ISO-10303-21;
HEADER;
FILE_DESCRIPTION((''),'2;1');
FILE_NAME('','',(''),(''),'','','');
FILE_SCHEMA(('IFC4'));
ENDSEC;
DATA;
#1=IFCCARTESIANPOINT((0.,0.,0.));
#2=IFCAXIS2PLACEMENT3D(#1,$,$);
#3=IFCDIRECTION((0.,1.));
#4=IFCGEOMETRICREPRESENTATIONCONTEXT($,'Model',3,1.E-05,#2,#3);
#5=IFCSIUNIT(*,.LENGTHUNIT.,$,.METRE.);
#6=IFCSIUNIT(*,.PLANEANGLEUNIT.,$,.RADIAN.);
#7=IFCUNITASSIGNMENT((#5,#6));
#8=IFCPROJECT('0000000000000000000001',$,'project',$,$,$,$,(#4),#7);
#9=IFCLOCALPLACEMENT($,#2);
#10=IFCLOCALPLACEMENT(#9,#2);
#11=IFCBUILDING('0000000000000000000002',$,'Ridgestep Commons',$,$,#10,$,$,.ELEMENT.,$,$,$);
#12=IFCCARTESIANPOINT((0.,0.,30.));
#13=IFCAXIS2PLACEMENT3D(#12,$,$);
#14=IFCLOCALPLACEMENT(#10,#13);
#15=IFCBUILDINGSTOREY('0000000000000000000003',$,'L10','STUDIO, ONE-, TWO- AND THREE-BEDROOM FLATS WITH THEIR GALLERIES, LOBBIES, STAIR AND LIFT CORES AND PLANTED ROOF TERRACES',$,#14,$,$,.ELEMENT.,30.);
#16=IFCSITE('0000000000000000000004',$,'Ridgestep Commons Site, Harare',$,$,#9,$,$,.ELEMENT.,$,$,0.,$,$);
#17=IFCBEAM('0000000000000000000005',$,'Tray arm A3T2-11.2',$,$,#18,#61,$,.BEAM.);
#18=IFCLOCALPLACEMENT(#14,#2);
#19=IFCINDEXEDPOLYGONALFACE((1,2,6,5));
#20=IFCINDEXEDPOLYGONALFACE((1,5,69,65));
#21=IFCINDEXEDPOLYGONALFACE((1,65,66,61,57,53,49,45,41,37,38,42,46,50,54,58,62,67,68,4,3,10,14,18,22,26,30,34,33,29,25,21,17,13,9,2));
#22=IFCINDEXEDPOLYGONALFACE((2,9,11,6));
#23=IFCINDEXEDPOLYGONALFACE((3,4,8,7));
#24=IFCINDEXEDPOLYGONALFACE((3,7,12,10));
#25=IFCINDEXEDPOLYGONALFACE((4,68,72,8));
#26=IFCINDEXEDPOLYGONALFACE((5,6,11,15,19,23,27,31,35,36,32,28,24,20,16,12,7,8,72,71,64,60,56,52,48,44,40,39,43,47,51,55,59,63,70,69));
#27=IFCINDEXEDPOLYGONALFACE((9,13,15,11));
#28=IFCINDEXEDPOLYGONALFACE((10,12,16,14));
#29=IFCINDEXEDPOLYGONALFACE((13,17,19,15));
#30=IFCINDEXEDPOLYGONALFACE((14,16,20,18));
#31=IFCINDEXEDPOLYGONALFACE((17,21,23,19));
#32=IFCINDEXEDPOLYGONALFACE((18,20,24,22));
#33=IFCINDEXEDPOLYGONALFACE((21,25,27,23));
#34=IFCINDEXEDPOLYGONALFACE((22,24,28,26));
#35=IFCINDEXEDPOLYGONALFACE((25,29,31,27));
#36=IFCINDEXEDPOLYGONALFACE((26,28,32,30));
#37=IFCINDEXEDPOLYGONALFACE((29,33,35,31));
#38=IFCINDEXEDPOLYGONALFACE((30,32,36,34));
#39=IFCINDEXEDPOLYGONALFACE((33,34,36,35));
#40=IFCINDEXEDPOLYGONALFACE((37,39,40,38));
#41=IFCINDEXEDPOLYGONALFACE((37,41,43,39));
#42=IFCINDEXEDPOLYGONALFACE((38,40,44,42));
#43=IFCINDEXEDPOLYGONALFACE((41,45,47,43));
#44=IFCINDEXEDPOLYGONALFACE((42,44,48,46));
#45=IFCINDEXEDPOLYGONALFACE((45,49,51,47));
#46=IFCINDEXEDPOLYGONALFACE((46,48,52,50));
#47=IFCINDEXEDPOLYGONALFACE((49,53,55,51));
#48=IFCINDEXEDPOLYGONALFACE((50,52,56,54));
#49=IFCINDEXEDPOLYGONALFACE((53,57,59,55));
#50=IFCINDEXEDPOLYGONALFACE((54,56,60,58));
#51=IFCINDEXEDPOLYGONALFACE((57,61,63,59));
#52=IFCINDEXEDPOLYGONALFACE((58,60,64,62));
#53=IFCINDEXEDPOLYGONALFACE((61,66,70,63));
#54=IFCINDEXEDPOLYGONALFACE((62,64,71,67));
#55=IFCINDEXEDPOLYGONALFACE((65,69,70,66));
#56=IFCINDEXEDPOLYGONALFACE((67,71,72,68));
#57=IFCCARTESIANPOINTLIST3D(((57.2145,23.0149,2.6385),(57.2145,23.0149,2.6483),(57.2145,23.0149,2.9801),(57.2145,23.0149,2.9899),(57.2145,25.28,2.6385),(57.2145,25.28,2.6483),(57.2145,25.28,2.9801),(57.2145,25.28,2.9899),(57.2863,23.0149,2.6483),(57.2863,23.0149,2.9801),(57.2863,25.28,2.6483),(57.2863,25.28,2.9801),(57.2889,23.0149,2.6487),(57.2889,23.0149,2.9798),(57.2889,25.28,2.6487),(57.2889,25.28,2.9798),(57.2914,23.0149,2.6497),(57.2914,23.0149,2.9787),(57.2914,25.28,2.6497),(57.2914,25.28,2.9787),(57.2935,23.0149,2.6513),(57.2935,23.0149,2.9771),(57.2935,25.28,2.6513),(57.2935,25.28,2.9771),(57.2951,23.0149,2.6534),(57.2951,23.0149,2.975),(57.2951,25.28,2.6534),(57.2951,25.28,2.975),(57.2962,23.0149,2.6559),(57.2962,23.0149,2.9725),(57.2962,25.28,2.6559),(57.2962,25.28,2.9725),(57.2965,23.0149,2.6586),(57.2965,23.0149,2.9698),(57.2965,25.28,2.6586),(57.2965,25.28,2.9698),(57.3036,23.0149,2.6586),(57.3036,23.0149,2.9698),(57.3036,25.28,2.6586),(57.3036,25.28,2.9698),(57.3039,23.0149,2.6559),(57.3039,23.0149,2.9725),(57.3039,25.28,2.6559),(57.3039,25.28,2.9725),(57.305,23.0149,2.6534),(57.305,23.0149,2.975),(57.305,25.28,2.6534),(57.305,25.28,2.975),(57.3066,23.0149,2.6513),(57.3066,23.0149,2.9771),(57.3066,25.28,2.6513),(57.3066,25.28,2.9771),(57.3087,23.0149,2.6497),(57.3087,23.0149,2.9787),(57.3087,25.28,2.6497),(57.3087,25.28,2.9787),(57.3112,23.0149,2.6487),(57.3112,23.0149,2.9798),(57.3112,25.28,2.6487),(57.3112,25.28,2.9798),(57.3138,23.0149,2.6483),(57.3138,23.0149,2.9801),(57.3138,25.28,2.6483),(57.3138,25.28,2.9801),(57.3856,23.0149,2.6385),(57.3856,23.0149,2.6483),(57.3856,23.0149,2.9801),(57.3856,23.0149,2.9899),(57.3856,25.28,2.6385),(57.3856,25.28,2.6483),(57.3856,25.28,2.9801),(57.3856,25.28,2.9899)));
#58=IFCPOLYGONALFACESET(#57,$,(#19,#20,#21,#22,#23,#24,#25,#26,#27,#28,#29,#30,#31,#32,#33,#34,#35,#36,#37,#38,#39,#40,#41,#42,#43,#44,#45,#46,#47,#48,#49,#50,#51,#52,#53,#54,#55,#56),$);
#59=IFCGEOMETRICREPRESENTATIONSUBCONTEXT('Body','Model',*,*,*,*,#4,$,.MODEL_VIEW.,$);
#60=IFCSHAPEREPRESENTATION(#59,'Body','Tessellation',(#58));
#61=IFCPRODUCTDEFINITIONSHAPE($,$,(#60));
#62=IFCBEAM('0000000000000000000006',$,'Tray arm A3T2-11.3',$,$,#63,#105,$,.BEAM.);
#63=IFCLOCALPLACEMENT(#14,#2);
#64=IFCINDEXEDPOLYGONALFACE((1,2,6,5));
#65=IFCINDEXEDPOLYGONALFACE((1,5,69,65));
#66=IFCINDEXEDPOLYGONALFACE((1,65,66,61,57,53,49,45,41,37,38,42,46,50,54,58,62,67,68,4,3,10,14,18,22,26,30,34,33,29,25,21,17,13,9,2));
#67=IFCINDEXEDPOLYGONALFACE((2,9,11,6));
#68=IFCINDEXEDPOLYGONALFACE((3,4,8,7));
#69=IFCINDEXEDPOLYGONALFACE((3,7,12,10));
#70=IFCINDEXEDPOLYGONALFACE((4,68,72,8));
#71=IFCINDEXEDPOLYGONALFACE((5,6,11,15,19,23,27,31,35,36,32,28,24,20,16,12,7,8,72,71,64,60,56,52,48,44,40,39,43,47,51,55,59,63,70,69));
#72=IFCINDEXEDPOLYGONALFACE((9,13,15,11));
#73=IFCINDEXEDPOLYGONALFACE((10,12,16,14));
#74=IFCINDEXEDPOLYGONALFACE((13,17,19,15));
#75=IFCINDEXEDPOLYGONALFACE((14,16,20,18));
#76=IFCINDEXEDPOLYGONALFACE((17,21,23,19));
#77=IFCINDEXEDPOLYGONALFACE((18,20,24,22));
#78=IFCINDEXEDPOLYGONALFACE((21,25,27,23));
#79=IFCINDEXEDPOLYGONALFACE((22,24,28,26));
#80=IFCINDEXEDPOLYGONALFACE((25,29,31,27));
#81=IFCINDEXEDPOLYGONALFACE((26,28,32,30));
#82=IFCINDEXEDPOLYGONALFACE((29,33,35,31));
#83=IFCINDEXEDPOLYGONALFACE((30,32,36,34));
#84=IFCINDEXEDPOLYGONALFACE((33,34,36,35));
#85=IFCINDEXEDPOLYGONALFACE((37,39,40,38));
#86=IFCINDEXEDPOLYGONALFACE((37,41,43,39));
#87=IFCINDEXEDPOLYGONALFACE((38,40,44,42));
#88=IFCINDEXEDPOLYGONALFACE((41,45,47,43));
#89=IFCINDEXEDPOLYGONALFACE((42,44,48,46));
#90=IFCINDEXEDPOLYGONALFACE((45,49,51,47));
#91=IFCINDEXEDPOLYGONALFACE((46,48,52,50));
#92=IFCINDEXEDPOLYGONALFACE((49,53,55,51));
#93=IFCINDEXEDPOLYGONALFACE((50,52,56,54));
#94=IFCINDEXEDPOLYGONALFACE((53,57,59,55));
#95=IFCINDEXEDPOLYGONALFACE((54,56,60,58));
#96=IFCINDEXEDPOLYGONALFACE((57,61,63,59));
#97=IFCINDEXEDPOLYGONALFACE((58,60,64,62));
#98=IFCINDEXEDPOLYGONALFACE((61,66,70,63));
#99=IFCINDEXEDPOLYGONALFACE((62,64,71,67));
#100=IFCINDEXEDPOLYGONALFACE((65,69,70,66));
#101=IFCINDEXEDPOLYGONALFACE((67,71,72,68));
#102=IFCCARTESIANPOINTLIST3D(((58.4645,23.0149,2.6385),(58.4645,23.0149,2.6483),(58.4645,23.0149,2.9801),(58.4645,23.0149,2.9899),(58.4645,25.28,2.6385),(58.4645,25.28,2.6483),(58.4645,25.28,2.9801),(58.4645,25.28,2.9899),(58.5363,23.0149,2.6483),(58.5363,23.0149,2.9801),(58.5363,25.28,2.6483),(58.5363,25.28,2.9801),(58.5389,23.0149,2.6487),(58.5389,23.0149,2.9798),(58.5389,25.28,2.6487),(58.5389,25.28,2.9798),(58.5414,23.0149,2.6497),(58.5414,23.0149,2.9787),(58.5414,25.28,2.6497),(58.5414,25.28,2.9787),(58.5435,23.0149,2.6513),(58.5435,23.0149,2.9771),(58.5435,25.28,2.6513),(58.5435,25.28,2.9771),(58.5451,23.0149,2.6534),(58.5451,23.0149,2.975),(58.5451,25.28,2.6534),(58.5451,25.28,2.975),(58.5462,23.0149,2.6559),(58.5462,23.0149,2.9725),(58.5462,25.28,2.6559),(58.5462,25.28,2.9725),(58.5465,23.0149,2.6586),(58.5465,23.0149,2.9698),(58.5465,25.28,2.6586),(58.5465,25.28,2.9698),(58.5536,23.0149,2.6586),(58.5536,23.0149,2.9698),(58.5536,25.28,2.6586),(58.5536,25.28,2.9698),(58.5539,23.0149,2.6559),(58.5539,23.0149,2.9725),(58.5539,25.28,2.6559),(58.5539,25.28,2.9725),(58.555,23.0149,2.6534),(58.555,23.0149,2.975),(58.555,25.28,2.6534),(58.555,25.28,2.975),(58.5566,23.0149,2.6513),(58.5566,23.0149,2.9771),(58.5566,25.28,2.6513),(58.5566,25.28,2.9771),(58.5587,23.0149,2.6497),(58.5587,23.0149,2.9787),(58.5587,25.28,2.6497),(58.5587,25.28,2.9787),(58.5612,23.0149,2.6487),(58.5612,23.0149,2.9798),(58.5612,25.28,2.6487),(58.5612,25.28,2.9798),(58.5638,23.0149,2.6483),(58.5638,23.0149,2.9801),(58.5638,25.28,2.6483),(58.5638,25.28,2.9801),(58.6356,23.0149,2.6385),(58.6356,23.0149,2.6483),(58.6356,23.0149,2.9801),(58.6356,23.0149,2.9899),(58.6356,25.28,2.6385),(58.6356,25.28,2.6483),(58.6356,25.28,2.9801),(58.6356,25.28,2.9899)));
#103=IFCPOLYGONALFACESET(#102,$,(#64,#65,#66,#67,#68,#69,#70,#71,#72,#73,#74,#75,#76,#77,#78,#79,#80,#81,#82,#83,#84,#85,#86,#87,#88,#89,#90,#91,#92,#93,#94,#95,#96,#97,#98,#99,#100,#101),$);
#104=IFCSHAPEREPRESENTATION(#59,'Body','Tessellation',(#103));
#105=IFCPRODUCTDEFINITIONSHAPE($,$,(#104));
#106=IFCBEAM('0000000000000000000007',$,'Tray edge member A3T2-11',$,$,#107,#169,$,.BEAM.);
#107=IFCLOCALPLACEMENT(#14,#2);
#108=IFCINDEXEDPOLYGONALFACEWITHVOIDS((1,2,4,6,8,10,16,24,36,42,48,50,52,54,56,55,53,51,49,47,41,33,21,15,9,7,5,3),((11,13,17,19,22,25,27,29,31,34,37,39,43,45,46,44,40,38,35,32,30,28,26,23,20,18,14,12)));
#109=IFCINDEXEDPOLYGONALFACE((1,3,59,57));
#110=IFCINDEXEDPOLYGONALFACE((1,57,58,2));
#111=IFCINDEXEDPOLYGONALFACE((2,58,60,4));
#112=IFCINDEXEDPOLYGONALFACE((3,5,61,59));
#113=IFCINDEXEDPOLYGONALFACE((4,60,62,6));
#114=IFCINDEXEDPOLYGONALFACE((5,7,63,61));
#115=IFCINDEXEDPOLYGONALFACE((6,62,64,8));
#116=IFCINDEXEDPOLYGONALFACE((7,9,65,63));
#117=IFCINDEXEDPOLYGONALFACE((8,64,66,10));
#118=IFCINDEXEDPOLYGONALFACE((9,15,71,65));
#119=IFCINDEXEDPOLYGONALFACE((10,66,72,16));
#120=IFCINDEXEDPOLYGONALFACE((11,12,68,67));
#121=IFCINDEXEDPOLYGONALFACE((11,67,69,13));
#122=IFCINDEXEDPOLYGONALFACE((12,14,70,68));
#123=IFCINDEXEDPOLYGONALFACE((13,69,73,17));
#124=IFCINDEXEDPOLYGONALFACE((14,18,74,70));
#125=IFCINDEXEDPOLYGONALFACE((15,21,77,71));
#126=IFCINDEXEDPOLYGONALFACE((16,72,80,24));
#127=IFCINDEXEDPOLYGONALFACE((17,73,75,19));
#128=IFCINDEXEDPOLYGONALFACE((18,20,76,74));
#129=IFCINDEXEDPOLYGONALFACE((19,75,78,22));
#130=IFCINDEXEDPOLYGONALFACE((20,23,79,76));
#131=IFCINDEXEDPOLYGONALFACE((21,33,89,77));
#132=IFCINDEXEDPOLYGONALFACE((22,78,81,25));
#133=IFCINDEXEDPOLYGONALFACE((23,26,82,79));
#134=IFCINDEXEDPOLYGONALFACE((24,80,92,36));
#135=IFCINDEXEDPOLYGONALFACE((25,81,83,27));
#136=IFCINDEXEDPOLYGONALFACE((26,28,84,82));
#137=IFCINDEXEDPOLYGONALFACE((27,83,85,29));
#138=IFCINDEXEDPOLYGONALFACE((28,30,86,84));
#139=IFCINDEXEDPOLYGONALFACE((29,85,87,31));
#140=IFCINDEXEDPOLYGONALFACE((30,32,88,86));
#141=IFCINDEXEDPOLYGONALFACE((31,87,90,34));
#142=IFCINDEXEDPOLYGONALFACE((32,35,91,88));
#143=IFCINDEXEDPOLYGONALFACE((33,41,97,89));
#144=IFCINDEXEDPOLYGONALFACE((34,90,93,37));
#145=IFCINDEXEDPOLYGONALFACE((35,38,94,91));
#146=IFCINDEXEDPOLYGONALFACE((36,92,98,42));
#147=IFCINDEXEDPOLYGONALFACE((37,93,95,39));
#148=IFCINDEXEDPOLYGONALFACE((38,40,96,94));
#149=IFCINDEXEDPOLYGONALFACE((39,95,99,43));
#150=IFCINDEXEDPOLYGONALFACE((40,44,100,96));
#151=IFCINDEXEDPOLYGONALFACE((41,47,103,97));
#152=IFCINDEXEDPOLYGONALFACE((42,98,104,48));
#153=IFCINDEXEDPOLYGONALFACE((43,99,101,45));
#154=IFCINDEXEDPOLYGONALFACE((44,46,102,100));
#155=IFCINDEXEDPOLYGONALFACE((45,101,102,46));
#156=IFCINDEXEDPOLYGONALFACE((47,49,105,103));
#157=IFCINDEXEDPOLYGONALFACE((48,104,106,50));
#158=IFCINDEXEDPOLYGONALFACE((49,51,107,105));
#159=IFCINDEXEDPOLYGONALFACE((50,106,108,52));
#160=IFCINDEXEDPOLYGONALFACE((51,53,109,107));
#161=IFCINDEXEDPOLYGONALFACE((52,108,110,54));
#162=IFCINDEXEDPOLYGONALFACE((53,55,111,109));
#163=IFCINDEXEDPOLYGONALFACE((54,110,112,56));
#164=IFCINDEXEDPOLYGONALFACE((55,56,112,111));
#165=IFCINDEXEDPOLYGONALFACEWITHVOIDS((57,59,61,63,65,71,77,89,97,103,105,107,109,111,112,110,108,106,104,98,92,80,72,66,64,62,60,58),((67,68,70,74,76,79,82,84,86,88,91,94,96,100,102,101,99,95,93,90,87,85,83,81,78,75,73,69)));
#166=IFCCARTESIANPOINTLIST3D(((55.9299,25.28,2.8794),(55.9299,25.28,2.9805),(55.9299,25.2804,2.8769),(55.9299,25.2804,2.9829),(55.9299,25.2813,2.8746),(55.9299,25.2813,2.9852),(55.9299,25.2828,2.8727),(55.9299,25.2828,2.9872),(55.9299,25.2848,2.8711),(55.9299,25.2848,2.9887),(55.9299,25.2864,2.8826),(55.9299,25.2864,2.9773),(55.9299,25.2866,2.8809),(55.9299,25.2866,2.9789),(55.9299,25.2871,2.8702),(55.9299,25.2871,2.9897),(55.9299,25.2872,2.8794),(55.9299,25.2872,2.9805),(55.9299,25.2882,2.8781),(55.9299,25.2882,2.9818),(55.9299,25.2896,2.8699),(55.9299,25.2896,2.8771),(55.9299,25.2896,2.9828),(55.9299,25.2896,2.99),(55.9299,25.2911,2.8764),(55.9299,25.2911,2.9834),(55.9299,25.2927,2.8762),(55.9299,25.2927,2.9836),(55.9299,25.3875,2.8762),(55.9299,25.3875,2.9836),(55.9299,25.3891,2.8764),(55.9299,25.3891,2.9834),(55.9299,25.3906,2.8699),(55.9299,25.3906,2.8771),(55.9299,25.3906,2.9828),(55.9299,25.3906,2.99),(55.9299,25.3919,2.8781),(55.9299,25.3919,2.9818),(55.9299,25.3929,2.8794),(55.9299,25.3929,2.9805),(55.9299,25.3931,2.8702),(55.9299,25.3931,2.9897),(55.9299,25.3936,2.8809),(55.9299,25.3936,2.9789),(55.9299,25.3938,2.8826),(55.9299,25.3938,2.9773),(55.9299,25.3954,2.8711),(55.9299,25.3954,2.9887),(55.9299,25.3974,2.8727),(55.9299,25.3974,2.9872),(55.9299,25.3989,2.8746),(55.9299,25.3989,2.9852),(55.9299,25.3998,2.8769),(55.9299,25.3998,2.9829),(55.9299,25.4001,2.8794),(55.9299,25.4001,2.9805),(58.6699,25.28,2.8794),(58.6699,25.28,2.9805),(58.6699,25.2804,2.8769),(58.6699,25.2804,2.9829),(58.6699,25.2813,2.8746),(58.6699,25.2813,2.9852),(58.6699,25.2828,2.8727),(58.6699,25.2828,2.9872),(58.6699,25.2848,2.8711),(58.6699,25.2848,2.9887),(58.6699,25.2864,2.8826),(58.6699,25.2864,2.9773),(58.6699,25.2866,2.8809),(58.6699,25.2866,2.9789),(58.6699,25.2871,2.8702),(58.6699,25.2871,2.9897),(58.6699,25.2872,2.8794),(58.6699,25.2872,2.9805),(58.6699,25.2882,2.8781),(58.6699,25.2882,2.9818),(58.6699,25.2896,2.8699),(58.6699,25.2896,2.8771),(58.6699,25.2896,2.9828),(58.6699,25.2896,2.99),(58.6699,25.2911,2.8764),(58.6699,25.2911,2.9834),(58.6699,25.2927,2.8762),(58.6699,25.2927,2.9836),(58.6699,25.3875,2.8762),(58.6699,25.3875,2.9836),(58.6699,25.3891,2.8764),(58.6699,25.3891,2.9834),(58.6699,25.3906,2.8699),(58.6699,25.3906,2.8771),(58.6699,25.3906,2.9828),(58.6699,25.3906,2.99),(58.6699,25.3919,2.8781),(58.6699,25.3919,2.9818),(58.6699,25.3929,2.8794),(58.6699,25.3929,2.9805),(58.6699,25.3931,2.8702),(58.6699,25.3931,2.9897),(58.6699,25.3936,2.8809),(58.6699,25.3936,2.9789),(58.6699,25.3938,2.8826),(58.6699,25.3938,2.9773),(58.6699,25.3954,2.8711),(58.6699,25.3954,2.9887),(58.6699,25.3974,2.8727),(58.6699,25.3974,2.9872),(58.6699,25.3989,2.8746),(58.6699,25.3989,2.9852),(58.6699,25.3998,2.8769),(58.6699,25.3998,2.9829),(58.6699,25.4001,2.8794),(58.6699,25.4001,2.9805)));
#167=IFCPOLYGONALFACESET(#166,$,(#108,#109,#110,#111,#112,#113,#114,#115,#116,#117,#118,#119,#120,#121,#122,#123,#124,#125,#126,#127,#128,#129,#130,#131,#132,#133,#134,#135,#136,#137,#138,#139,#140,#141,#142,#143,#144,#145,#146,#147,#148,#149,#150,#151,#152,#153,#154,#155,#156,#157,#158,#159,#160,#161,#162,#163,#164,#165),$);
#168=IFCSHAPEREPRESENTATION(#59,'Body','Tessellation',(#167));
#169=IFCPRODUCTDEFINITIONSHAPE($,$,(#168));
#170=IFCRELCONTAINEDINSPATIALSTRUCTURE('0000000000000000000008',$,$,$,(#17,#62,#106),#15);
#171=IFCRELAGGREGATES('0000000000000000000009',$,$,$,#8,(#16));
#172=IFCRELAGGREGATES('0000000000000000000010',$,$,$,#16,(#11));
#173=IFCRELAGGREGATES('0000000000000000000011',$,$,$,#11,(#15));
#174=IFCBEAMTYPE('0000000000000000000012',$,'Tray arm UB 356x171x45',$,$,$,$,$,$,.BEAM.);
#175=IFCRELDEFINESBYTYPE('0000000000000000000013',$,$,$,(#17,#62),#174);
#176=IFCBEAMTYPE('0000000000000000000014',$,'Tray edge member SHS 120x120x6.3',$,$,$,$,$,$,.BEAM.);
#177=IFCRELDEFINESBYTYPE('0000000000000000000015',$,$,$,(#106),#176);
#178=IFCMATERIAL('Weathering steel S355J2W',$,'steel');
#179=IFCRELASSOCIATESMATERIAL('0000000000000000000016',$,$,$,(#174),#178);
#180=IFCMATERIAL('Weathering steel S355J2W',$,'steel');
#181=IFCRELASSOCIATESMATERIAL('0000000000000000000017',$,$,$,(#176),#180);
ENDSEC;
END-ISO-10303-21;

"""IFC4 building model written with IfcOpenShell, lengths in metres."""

from ifc_helpers import new_model, si_unit, direction, frame, origin, origin_2d, place, context, subcontext, project, spatial, hollow_rectangle, i_section, extrude, material, material_profile, profile_set, type_object, element, save


model = new_model("IFC4")

# Units and contexts
model_context = context("Model", 3, precision=1e-05, world=origin(), true_north=direction((0.0, 1.0)))
body_context = subcontext(model_context, "Body", "Model", "MODEL_VIEW")
ifc_project = project(units=[si_unit("LENGTHUNIT", "METRE"), si_unit("PLANEANGLEUNIT", "RADIAN")], contexts=[model_context])

# Site, building, storey
site_placement = place(None, origin())
site = spatial("IfcSite", under=ifc_project, at=site_placement, Name="Ridgestep Commons Site, Harare", CompositionType="ELEMENT", RefElevation=0.0)
building_placement = place(site_placement, origin())
building = spatial("IfcBuilding", under=site, at=building_placement, Name="Ridgestep Commons", CompositionType="ELEMENT")
storey_placement = place(building_placement, frame((0.0, 0.0, 30.0)))
storey = spatial("IfcBuildingStorey", under=building, at=storey_placement, Name="L10", Description="STUDIO, ONE-, TWO- AND THREE-BEDROOM FLATS WITH THEIR GALLERIES, LOBBIES, STAIR AND LIFT CORES AND PLANTED ROOF TERRACES", CompositionType="ELEMENT", Elevation=30.0)

# Beams
ifc_material_1 = material(Name="Weathering steel S355J2W", Category="steel")
ifc_material_profile_1 = material_profile(ifc_material_1, i_section(OverallWidth=0.1711, OverallDepth=0.3513, WebThickness=0.0071, FlangeThickness=0.0098, FilletRadius=0.0103, at=origin_2d()), Name="UB 356x171x45")
ifc_profile_set_1 = profile_set([ifc_material_profile_1], Name="Weathering steel S355J2W")
beam_type_1 = type_object("IfcBeamType", Name="Tray arm UB 356x171x45", PredefinedType="BEAM", material=ifc_profile_set_1)
for number, where, z_axis, x_axis, name in (
    (1, (57.3, 23.0149, 2.8142), (0.0, 1.0, 0.0), (-1.0, 0.0, 0.0), "Tray arm A3T2-11.2"),
    (2, (58.55, 23.0149, 2.8142), (0.0, 1.0, 0.0), (-1.0, 0.0, 0.0), "Tray arm A3T2-11.3"),
):
    element("IfcBeam", number, at=place(storey_placement, frame(where, z_axis=z_axis, x_axis=x_axis)), inside=storey, type_object=beam_type_1, Name=name, PredefinedType="BEAM", context=body_context, shape_type="SweptSolid", body=[
        extrude(i_section(OverallWidth=0.1711, OverallDepth=0.3513, WebThickness=0.0071, FlangeThickness=0.0098, FilletRadius=0.0103, at=origin_2d()), origin(), (0.0, 0.0, 1.0), 2.2651),
    ])
ifc_material_2 = material(Name="Weathering steel S355J2W", Category="steel")
ifc_material_profile_2 = material_profile(ifc_material_2, hollow_rectangle(XDim=0.1201, YDim=0.1201, WallThickness=0.0063, InnerFilletRadius=0.0063, OuterFilletRadius=0.0095, at=origin_2d()), Name="SHS 120x120x6.3")
ifc_profile_set_2 = profile_set([ifc_material_profile_2], Name="Weathering steel S355J2W")
beam_type_2 = type_object("IfcBeamType", Name="Tray edge member SHS 120x120x6.3", PredefinedType="BEAM", material=ifc_profile_set_2)
beam_1_placement = place(storey_placement, frame((55.9299, 25.3401, 2.9299), z_axis=(1.0, 0.0, 0.0), x_axis=(0.0, 0.0, 1.0)))
element("IfcBeam", 3, at=beam_1_placement, inside=storey, type_object=beam_type_2, Name="Tray edge member A3T2-11", PredefinedType="BEAM", context=body_context, shape_type="SweptSolid", body=[
    extrude(hollow_rectangle(XDim=0.1201, YDim=0.1201, WallThickness=0.0063, InnerFilletRadius=0.0063, OuterFilletRadius=0.0095, at=origin_2d()), origin(), (0.0, 0.0, 1.0), 2.74),
])

save(model, "model.ifc")
